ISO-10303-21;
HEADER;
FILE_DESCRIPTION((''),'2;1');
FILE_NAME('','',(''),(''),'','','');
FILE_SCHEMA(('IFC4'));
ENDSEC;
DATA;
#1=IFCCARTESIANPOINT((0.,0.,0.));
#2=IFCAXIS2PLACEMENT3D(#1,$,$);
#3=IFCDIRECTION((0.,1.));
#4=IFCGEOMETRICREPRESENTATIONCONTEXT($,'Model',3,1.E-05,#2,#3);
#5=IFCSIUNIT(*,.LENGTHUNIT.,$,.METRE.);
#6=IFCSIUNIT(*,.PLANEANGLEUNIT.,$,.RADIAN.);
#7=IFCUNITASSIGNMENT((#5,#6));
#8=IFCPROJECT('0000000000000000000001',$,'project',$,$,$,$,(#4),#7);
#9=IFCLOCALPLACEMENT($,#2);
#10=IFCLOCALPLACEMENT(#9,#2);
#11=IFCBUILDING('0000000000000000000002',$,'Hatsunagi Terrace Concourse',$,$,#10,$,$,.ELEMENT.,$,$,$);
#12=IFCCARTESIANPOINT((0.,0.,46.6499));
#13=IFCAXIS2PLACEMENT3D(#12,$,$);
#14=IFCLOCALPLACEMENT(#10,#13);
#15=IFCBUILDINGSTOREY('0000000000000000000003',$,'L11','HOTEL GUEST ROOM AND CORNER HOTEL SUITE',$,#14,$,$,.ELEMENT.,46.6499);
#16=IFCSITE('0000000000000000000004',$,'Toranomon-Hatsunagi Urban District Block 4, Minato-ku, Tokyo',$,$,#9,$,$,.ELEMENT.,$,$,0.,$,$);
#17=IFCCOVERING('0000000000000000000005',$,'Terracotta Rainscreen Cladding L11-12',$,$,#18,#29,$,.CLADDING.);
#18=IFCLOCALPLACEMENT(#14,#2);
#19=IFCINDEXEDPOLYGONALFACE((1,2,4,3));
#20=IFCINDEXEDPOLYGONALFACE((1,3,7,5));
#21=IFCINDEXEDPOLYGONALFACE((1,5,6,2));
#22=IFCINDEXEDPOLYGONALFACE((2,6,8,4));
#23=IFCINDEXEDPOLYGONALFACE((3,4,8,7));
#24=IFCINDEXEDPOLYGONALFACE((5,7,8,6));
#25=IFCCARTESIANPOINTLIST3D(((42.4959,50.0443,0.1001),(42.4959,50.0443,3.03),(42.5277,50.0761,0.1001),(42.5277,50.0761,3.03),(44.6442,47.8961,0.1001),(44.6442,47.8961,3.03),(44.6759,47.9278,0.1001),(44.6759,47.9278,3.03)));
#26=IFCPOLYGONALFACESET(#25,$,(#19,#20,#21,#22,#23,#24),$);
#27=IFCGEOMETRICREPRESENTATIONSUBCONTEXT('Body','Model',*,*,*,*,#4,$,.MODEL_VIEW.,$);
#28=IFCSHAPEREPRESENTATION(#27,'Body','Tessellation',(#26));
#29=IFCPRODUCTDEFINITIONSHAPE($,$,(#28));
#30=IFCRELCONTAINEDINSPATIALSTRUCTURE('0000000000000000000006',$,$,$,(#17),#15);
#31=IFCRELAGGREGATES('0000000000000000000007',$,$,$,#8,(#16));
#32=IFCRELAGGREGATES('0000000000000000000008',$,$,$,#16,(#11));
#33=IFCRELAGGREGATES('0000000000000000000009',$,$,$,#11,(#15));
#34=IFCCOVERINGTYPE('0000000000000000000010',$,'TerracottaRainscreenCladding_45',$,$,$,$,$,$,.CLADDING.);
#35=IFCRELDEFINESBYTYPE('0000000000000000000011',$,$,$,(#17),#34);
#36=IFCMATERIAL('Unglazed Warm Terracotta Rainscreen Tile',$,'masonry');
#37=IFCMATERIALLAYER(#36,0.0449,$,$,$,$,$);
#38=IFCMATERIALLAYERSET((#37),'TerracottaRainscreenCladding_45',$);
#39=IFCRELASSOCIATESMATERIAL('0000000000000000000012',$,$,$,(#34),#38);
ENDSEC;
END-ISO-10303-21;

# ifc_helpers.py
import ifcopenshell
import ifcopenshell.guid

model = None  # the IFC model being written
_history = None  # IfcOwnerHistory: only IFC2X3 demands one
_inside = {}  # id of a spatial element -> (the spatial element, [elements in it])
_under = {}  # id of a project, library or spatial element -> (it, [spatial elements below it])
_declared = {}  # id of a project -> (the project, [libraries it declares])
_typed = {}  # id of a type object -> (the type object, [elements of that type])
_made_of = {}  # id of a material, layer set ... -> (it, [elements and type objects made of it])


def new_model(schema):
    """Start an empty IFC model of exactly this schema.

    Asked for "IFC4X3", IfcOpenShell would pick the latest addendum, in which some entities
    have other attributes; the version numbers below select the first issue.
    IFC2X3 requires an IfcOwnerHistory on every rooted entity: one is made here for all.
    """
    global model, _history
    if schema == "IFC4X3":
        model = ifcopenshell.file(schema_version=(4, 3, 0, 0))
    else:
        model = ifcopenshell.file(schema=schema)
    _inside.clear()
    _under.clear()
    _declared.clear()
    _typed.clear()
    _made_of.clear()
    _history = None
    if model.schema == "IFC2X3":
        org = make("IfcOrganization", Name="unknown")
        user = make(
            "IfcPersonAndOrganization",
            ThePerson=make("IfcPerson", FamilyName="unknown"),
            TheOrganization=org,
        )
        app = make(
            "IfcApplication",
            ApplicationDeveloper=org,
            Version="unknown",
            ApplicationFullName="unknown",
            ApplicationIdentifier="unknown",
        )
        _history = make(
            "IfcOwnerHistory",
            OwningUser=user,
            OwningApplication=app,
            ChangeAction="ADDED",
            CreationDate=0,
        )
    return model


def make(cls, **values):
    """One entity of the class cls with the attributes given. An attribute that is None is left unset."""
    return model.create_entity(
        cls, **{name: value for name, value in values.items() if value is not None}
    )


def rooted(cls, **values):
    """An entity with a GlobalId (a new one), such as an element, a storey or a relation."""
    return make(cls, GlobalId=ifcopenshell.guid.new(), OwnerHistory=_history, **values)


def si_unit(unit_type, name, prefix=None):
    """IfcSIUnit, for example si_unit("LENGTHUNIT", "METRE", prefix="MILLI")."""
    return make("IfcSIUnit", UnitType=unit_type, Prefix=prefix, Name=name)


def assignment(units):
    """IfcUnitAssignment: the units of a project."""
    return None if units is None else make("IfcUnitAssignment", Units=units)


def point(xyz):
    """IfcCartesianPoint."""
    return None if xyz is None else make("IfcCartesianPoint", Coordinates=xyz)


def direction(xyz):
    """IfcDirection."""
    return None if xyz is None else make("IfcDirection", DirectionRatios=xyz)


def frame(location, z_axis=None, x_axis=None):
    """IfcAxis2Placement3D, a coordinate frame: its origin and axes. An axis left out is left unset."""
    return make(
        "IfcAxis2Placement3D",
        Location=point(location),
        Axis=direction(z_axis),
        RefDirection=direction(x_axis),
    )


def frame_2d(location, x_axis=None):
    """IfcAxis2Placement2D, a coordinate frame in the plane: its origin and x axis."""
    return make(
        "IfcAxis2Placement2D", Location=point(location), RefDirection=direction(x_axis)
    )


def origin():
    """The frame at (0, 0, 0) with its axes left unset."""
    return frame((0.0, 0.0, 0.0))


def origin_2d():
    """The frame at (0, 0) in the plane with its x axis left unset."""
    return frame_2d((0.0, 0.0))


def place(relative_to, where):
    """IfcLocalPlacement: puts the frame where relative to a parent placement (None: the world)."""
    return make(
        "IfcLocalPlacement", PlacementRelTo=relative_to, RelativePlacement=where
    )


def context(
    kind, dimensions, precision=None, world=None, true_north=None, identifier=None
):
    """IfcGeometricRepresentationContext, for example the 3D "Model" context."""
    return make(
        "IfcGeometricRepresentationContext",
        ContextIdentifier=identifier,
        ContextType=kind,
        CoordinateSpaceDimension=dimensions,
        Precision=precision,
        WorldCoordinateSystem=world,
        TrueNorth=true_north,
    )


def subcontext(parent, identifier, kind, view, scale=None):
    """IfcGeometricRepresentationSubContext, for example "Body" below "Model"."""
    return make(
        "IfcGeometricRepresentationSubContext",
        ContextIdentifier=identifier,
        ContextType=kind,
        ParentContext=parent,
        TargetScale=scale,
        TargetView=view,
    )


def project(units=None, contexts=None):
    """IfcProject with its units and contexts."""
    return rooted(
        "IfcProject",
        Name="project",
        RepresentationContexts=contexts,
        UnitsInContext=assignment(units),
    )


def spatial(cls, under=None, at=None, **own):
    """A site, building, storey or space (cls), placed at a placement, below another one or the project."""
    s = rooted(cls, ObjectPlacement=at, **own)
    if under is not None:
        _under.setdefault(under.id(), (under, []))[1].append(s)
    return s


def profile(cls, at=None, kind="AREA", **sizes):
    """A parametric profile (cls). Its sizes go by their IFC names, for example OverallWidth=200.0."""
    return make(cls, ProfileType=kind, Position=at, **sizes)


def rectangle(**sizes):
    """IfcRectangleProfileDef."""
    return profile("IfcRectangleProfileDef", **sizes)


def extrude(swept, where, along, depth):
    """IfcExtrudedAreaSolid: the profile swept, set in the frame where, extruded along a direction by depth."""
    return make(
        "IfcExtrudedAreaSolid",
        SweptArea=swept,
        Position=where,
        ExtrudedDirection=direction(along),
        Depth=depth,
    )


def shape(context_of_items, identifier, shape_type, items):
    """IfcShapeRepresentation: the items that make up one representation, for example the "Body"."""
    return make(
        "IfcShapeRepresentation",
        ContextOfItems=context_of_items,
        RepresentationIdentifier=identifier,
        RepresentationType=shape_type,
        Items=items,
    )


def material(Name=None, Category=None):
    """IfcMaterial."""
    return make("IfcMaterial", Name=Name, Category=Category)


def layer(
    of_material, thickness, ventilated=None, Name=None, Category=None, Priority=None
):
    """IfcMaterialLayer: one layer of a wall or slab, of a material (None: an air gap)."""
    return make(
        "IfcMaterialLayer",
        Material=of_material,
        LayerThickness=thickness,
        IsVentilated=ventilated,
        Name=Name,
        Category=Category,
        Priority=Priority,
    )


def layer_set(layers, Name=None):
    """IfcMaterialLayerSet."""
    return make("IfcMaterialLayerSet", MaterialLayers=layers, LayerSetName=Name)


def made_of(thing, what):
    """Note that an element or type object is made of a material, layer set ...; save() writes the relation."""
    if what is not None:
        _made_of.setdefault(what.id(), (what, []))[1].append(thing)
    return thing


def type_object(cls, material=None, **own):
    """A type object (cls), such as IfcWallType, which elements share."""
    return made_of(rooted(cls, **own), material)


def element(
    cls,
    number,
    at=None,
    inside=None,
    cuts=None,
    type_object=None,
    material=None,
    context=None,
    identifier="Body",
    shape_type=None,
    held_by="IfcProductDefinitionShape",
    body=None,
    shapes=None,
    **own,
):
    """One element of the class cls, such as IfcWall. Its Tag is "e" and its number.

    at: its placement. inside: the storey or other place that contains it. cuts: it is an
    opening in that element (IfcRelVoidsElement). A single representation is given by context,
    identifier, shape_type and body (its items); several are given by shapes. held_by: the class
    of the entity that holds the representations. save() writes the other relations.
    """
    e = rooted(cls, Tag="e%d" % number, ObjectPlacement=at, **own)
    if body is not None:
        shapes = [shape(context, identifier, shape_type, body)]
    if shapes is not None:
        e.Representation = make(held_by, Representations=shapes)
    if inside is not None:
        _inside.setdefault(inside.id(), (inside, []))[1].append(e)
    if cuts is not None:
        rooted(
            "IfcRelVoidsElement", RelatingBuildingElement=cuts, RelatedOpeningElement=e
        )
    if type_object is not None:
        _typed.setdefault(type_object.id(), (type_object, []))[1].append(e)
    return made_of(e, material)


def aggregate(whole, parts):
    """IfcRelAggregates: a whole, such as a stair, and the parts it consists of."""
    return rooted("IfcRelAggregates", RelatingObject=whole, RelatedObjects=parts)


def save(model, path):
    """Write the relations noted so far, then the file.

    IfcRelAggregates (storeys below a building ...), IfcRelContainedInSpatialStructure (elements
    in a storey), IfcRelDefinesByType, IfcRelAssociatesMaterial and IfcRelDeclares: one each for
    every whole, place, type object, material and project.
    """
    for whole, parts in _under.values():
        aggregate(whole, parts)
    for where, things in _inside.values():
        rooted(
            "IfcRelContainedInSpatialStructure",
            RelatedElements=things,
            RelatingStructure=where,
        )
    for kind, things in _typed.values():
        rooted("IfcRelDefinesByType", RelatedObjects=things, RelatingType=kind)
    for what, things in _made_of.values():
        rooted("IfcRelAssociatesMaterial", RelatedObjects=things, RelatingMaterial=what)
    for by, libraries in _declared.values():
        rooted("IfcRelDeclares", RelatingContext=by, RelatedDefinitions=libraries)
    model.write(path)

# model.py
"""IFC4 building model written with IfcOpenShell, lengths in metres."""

from ifc_helpers import new_model, si_unit, direction, frame, origin, origin_2d, place, context, subcontext, project, spatial, rectangle, extrude, material, layer, layer_set, type_object, element, save


model = new_model("IFC4")

# Units and contexts
model_context = context("Model", 3, precision=1e-05, world=origin(), true_north=direction((0.0, 1.0)))
body_context = subcontext(model_context, "Body", "Model", "MODEL_VIEW")
ifc_project = project(units=[si_unit("LENGTHUNIT", "METRE"), si_unit("PLANEANGLEUNIT", "RADIAN")], contexts=[model_context])

# Site, building, storey
site_placement = place(None, origin())
site = spatial("IfcSite", under=ifc_project, at=site_placement, Name="Toranomon-Hatsunagi Urban District Block 4, Minato-ku, Tokyo", CompositionType="ELEMENT", RefElevation=0.0)
building_placement = place(site_placement, origin())
building = spatial("IfcBuilding", under=site, at=building_placement, Name="Hatsunagi Terrace Concourse", CompositionType="ELEMENT")
storey_placement = place(building_placement, frame((0.0, 0.0, 46.6499)))
storey = spatial("IfcBuildingStorey", under=building, at=storey_placement, Name="L11", Description="HOTEL GUEST ROOM AND CORNER HOTEL SUITE", CompositionType="ELEMENT", Elevation=46.6499)

# Covering
ifc_material_1 = material(Name="Unglazed Warm Terracotta Rainscreen Tile", Category="masonry")
ifc_layer_1 = layer(ifc_material_1, 0.0449)
ifc_layer_set_1 = layer_set([ifc_layer_1], Name="TerracottaRainscreenCladding_45")
covering_type = type_object("IfcCoveringType", Name="TerracottaRainscreenCladding_45", PredefinedType="CLADDING", material=ifc_layer_set_1)
covering_placement = place(storey_placement, frame((43.5859, 48.9861, 0.1001), z_axis=(0.0, 0.0, 1.0), x_axis=(0.707107, -0.707107, 0.0)))
element("IfcCovering", 1, at=covering_placement, inside=storey, type_object=covering_type, Name="Terracotta Rainscreen Cladding L11-12", PredefinedType="CLADDING", context=body_context, shape_type="SweptSolid", body=[
    extrude(rectangle(XDim=3.0381, YDim=0.0449, at=origin_2d()), origin(), (0.0, 0.0, 1.0), 2.9299),
])

save(model, "model.ifc")
